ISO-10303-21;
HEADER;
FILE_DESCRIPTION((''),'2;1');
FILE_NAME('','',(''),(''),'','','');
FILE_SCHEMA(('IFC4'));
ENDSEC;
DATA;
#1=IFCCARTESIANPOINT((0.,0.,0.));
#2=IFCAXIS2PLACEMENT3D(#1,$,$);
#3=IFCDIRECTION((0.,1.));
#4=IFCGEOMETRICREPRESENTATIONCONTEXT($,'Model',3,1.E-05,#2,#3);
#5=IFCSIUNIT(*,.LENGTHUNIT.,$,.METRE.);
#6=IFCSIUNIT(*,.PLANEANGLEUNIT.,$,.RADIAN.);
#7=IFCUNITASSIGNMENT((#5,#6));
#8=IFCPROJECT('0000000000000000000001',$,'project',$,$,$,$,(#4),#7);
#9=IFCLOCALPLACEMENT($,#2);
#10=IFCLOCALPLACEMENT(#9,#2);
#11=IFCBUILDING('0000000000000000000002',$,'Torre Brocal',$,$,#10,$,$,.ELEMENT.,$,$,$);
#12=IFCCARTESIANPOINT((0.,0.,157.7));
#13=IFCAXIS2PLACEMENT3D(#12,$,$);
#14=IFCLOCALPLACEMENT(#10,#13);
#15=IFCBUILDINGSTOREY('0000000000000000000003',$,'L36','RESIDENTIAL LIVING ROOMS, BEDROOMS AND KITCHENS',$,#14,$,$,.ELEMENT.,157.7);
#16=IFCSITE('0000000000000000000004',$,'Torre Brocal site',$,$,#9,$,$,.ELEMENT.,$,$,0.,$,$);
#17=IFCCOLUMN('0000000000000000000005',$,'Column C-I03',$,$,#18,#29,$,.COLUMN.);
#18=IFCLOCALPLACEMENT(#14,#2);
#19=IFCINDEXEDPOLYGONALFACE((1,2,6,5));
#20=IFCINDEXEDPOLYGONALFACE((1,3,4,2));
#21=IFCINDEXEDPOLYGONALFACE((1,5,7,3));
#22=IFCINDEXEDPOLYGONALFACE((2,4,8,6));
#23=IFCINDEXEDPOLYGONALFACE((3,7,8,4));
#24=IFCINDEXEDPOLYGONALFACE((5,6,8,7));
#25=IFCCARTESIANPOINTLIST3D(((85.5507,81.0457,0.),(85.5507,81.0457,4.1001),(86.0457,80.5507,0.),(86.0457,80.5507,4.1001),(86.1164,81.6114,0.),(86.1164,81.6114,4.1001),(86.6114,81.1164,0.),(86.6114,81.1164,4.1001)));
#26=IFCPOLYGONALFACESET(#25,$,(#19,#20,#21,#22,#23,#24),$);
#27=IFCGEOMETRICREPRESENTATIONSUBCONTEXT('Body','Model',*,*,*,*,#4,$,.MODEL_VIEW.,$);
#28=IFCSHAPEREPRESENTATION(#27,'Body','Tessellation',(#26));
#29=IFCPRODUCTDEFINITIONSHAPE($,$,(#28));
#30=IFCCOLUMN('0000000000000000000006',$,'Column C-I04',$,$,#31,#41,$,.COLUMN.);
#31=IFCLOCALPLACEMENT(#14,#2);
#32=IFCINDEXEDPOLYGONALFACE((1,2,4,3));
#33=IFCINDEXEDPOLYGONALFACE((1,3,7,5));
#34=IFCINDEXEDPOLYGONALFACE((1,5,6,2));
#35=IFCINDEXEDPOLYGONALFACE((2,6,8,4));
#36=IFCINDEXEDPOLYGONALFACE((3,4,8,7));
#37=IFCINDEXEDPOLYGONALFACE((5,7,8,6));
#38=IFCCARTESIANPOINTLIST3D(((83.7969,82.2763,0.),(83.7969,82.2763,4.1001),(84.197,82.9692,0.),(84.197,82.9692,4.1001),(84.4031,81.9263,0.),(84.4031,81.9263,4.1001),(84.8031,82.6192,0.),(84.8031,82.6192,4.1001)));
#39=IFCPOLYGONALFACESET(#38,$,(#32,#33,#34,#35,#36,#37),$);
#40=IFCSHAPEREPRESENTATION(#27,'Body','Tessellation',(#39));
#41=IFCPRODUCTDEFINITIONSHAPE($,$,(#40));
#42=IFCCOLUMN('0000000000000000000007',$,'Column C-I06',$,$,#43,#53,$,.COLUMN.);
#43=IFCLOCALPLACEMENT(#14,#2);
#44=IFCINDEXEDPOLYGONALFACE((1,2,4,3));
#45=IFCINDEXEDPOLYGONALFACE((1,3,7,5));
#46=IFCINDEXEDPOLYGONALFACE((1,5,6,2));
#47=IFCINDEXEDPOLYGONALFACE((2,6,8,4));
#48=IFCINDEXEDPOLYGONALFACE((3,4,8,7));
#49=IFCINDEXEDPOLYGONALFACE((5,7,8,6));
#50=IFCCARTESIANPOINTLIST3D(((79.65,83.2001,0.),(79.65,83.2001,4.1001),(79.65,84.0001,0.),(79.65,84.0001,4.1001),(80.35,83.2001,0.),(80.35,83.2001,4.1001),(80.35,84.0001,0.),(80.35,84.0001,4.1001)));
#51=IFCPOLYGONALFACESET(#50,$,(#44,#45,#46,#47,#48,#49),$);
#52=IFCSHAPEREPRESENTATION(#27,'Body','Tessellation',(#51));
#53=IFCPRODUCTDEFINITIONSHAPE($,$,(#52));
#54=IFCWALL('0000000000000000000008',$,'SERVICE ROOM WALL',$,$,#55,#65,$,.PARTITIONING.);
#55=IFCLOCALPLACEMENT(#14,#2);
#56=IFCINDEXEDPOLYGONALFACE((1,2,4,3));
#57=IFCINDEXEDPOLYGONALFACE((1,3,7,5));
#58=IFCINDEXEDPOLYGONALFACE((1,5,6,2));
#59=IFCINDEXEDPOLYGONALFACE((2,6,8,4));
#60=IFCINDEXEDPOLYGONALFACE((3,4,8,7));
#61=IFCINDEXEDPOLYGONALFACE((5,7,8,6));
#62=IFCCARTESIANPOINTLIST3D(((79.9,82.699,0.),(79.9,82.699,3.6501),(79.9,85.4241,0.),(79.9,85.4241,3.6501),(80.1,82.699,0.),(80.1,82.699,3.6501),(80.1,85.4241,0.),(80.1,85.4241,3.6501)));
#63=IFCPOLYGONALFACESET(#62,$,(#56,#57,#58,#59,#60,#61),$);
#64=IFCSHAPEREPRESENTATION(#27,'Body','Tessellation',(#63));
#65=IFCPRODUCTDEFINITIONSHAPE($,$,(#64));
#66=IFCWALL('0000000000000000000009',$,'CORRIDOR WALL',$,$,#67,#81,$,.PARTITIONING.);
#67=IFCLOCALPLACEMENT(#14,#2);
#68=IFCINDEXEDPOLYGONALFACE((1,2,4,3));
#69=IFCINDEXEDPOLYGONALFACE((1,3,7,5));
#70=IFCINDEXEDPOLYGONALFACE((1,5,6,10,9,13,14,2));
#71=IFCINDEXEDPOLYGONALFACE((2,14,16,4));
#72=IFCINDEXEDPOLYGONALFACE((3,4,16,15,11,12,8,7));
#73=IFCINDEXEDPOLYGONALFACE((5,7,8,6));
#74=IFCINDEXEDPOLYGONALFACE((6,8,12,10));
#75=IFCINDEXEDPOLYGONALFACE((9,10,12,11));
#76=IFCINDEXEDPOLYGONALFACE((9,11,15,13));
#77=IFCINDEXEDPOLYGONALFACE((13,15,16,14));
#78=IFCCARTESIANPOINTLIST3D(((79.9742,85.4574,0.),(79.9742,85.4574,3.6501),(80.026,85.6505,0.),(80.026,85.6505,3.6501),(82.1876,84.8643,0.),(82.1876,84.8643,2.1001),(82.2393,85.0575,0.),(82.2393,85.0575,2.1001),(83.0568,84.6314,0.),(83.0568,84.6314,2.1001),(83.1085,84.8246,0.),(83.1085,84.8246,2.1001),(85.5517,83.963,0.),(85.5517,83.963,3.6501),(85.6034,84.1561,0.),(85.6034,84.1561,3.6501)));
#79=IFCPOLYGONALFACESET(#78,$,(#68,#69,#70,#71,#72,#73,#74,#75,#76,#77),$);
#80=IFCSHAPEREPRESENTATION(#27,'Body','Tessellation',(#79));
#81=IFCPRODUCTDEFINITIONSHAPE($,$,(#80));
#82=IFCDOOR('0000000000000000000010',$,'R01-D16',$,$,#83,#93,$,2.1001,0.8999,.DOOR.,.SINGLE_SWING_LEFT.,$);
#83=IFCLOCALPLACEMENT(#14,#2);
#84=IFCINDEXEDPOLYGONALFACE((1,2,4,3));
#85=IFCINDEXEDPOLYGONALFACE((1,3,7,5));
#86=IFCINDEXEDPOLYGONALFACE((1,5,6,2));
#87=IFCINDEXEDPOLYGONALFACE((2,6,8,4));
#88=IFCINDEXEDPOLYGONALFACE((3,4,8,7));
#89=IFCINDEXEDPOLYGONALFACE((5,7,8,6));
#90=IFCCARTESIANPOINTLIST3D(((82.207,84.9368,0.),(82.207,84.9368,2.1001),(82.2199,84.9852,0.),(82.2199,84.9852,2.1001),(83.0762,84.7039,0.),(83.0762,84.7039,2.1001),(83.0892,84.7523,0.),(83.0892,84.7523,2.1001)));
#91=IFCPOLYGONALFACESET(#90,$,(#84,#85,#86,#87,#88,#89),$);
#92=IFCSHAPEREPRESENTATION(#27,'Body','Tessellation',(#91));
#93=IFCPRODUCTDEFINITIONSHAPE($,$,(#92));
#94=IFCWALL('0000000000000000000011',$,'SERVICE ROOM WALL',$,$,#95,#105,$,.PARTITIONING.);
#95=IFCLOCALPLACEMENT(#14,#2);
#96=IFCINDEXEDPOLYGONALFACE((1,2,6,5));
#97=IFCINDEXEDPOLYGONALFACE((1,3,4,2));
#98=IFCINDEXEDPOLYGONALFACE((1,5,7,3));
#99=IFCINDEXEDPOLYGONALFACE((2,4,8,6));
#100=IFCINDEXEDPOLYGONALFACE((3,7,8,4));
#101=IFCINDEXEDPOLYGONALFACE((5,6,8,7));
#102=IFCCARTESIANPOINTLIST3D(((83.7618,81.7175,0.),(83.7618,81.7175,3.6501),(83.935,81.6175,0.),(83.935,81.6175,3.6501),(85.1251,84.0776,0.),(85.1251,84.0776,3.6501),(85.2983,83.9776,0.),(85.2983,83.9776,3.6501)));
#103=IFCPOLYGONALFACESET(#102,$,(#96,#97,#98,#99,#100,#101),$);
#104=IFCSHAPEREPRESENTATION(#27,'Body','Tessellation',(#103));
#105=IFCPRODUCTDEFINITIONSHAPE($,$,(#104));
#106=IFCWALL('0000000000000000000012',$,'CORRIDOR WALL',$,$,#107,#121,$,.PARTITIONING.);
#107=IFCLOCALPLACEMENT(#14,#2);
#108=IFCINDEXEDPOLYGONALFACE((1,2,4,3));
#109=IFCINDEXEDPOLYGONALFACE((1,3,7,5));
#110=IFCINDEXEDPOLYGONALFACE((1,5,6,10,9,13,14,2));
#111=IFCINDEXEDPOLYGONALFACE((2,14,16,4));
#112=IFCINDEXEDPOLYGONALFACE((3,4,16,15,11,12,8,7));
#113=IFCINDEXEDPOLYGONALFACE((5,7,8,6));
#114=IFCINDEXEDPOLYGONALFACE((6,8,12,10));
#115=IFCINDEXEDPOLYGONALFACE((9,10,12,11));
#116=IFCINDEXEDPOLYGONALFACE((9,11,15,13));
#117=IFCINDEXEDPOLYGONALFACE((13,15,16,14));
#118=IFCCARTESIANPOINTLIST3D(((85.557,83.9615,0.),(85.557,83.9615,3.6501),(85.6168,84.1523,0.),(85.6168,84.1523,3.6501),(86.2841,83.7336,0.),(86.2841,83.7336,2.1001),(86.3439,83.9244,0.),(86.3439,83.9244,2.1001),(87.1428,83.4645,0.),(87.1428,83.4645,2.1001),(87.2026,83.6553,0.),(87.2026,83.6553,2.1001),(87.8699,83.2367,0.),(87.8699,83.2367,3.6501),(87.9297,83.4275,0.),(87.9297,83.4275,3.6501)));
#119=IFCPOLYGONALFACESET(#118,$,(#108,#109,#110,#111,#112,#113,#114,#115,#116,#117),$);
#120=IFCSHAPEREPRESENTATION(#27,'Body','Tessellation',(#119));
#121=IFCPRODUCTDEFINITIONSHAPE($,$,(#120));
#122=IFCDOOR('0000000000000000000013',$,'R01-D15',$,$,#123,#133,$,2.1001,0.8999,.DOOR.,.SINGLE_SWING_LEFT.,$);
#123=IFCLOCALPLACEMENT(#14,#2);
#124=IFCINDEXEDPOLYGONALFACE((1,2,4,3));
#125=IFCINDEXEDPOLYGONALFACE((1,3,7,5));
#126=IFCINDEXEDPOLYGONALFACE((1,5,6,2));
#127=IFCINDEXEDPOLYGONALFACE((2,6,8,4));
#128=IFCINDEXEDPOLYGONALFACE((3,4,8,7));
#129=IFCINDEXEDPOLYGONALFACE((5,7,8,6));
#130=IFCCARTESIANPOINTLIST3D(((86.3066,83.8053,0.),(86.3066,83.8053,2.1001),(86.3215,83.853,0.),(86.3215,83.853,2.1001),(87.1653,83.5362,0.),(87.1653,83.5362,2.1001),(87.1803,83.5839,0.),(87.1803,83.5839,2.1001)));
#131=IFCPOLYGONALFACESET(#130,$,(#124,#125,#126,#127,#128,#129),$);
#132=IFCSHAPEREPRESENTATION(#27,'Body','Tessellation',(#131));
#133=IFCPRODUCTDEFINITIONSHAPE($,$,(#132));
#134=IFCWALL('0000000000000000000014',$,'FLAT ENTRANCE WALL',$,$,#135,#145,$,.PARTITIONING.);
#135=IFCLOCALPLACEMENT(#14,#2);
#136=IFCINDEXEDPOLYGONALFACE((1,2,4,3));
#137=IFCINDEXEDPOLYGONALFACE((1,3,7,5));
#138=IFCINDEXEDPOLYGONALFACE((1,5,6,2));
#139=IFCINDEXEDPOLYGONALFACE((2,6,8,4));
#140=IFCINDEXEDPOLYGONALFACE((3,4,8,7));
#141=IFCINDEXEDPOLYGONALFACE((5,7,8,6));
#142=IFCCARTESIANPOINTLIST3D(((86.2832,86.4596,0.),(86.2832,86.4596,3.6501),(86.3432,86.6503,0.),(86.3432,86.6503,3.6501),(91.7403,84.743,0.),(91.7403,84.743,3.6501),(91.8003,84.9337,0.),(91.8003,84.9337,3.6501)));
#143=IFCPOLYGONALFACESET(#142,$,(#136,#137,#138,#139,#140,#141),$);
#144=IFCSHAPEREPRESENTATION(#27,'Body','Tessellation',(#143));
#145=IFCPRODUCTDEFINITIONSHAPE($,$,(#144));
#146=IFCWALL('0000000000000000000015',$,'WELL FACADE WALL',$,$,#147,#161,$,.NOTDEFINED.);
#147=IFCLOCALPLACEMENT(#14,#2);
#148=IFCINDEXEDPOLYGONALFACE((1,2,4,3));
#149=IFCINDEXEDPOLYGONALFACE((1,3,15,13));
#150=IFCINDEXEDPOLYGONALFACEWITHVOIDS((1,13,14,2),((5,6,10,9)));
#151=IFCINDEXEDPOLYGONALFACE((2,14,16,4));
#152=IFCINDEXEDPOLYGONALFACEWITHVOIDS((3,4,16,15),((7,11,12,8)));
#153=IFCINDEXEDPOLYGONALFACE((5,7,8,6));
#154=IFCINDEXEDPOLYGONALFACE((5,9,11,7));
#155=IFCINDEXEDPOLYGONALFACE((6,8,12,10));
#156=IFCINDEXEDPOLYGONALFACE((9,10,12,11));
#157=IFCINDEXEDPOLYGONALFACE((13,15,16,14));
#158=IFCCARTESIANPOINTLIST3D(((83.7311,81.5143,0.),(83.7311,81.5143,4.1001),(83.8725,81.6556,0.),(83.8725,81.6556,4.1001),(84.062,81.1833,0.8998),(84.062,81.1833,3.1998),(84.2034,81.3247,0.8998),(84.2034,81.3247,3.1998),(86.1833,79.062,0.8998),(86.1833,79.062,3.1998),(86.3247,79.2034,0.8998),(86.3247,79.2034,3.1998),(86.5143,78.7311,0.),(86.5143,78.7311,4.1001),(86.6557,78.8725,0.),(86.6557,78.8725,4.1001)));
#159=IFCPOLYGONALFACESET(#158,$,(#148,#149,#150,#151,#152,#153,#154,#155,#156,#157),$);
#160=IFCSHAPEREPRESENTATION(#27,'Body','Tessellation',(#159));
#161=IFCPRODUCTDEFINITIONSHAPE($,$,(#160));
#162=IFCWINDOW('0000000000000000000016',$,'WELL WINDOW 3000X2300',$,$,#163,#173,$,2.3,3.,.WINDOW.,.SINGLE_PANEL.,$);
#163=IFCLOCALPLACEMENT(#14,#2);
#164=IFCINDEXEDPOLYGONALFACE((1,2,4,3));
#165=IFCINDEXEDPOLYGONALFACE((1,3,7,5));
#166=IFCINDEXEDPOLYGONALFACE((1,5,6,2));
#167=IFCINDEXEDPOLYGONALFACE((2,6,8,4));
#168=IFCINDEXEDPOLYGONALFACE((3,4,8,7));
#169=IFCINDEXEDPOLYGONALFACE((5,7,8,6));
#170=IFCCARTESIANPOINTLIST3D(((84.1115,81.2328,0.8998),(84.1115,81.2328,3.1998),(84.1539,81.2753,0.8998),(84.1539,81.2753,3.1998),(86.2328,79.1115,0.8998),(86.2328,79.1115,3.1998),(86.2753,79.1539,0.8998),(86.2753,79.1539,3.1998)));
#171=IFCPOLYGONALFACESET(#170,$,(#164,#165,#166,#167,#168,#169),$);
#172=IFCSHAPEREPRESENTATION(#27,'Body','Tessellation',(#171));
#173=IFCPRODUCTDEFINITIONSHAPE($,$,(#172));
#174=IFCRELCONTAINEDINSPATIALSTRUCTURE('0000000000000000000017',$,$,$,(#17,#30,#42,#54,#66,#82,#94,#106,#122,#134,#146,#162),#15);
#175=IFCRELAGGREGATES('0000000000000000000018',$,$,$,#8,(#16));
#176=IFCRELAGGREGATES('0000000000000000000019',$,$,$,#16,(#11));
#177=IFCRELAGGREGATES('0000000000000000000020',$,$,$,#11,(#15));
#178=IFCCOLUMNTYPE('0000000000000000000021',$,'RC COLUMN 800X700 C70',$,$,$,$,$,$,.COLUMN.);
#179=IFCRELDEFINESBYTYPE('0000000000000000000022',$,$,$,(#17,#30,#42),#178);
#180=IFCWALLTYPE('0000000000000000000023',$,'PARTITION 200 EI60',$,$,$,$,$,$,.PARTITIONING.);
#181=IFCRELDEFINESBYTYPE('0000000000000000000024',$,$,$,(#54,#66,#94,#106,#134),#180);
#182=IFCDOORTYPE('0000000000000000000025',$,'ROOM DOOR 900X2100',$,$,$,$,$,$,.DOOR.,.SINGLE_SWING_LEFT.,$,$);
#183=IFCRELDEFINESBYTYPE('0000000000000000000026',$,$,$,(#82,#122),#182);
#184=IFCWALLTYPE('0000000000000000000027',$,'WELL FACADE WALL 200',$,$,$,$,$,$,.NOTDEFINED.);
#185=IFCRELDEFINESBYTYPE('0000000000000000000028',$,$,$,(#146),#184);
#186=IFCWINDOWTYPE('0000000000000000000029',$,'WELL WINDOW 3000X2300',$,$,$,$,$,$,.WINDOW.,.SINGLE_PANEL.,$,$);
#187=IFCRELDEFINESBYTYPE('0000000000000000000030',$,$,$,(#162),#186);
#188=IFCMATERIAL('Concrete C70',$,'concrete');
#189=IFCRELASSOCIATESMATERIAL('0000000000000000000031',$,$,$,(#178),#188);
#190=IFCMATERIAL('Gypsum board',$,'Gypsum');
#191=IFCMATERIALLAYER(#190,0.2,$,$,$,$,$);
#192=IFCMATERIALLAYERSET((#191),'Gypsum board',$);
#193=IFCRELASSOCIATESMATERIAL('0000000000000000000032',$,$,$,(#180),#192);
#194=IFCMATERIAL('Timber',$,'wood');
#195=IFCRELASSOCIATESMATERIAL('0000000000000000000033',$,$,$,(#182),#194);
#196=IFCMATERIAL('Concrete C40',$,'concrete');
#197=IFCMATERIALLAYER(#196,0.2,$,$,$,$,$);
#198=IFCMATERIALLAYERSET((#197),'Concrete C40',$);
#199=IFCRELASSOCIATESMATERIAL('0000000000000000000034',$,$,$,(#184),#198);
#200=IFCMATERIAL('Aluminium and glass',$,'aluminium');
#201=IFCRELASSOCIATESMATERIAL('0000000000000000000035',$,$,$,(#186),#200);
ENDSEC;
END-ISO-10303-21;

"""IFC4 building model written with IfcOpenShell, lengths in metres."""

from ifc_helpers import new_model, si_unit, direction, frame, frame_2d, origin, origin_2d, place, context, subcontext, project, spatial, rectangle, extrude, material, layer, layer_set, material_profile, profile_set, type_object, element, fill, save


model = new_model("IFC4")

# Units and contexts
model_context = context("Model", 3, precision=1e-05, world=origin(), true_north=direction((0.0, 1.0)))
body_context = subcontext(model_context, "Body", "Model", "MODEL_VIEW")
ifc_project = project(units=[si_unit("LENGTHUNIT", "METRE"), si_unit("PLANEANGLEUNIT", "RADIAN")], contexts=[model_context])

# Site, building, storey
site_placement = place(None, origin())
site = spatial("IfcSite", under=ifc_project, at=site_placement, Name="Torre Brocal site", CompositionType="ELEMENT", RefElevation=0.0)
building_placement = place(site_placement, origin())
building = spatial("IfcBuilding", under=site, at=building_placement, Name="Torre Brocal", CompositionType="ELEMENT")
storey_placement = place(building_placement, frame((0.0, 0.0, 157.7)))
storey = spatial("IfcBuildingStorey", under=building, at=storey_placement, Name="L36", Description="RESIDENTIAL LIVING ROOMS, BEDROOMS AND KITCHENS", CompositionType="ELEMENT", Elevation=157.7)

# Columns
ifc_material_1 = material(Name="Concrete C70", Category="concrete")
ifc_material_profile = material_profile(ifc_material_1, rectangle(XDim=0.8, YDim=0.7, at=origin_2d()), Name="RC 800X700")
ifc_profile_set = profile_set([ifc_material_profile], Name="Concrete C70")
column_type = type_object("IfcColumnType", Name="RC COLUMN 800X700 C70", PredefinedType="COLUMN", material=ifc_profile_set)
for number, where, z_axis, x_axis, name in (
    (1, (86.0811, 81.0811, 0.0), (0.0, 0.0, 1.0), (0.707107, 0.707107, 0.0), "Column C-I03"),
    (2, (84.3, 82.4478, 0.0), (0.0, 0.0, 1.0), (0.5, 0.866025, 0.0), "Column C-I04"),
    (3, (80.0, 83.6001, 0.0), (0.0, 0.0, 1.0), (0.0, 1.0, 0.0), "Column C-I06"),
):
    element("IfcColumn", number, at=place(storey_placement, frame(where, z_axis=z_axis, x_axis=x_axis)), inside=storey, type_object=column_type, Name=name, PredefinedType="COLUMN", context=body_context, shape_type="SweptSolid", body=[
        extrude(rectangle(XDim=0.8, YDim=0.7, at=origin_2d()), origin(), (0.0, 0.0, 1.0), 4.1001),
    ])

# Wall
ifc_material_2 = material(Name="Gypsum board", Category="Gypsum")
ifc_layer_1 = layer(ifc_material_2, 0.2)
ifc_layer_set_1 = layer_set([ifc_layer_1], Name="Gypsum board")
wall_type_1 = type_object("IfcWallType", Name="PARTITION 200 EI60", PredefinedType="PARTITIONING", material=ifc_layer_set_1)
wall_1_placement = place(storey_placement, frame((80.0, 82.699, 0.0), z_axis=(0.0, 0.0, 1.0), x_axis=(0.0, 1.0, 0.0)))
element("IfcWall", 4, at=wall_1_placement, inside=storey, type_object=wall_type_1, Name="SERVICE ROOM WALL", PredefinedType="PARTITIONING", context=body_context, shape_type="SweptSolid", body=[
    extrude(rectangle(XDim=2.7251, YDim=0.2, at=frame_2d((1.3625, 0.0))), origin(), (0.0, 0.0, 1.0), 3.6501),
])

# Wall, opening, door
wall_2_placement = place(storey_placement, frame((80.0, 85.554, 0.0), z_axis=(0.0, 0.0, 1.0), x_axis=(0.965929, -0.258807, 0.0)))
wall_2 = element("IfcWall", 5, at=wall_2_placement, inside=storey, type_object=wall_type_1, Name="CORRIDOR WALL", PredefinedType="PARTITIONING", context=body_context, shape_type="SweptSolid", body=[
    extrude(rectangle(XDim=5.7742, YDim=0.2, at=frame_2d((2.8872, 0.0))), origin(), (0.0, 0.0, 1.0), 3.6501),
])
opening_1_placement = place(wall_2_placement, frame((2.2915, 0.0, 0.0)))
opening_1 = element("IfcOpeningElement", 6, at=opening_1_placement, cuts=wall_2, PredefinedType="OPENING", context=body_context, shape_type="SweptSolid", body=[
    extrude(rectangle(XDim=0.8999, YDim=2.1001, at=frame_2d((0.45, 1.05))), frame((0.0, 0.1099, 0.0), z_axis=(0.0, -1.0, 0.0), x_axis=(1.0, 0.0, 0.0)), (0.0, 0.0, 1.0), 0.22),
])
ifc_material_3 = material(Name="Timber", Category="wood")
door_type = type_object("IfcDoorType", Name="ROOM DOOR 900X2100", OperationType="SINGLE_SWING_LEFT", PredefinedType="DOOR", material=ifc_material_3)
door_1_placement = place(opening_1_placement, frame((0.8999, 0.0, 0.0), z_axis=(0.0, 0.0, 1.0), x_axis=(-1.0, 0.0, 0.0)))
door_1 = element("IfcDoor", 7, at=door_1_placement, inside=storey, type_object=door_type, Name="R01-D16", OperationType="SINGLE_SWING_LEFT", OverallHeight=2.1001, OverallWidth=0.8999, PredefinedType="DOOR", context=body_context, shape_type="SweptSolid", body=[
    extrude(rectangle(XDim=0.8999, YDim=2.1001, at=frame_2d((0.45, 1.05))), frame((0.0, 0.0249, 0.0), z_axis=(0.0, -1.0, 0.0), x_axis=(1.0, 0.0, 0.0)), (0.0, 0.0, 1.0), 0.05),
])
fill(opening_1, door_1)

# Wall
wall_3_placement = place(storey_placement, frame((83.8484, 81.6675, 0.0), z_axis=(0.0, 0.0, 1.0), x_axis=(0.500185, 0.865919, 0.0)))
element("IfcWall", 8, at=wall_3_placement, inside=storey, type_object=wall_type_1, Name="SERVICE ROOM WALL", PredefinedType="PARTITIONING", context=body_context, shape_type="SweptSolid", body=[
    extrude(rectangle(XDim=2.7256, YDim=0.2, at=frame_2d((1.3628, 0.0))), origin(), (0.0, 0.0, 1.0), 3.6501),
])

# Wall, opening, door
wall_4_placement = place(storey_placement, frame((85.5869, 84.0569, 0.0), z_axis=(0.0, 0.0, 1.0), x_axis=(0.95424, -0.299043, 0.0)))
wall_4 = element("IfcWall", 9, at=wall_4_placement, inside=storey, type_object=wall_type_1, Name="CORRIDOR WALL", PredefinedType="PARTITIONING", context=body_context, shape_type="SweptSolid", body=[
    extrude(rectangle(XDim=2.4238, YDim=0.2, at=frame_2d((1.2119, 0.0))), origin(), (0.0, 0.0, 1.0), 3.6501),
])
opening_2_placement = place(wall_4_placement, frame((0.762, 0.0, 0.0)))
opening_2 = element("IfcOpeningElement", 10, at=opening_2_placement, cuts=wall_4, PredefinedType="OPENING", context=body_context, shape_type="SweptSolid", body=[
    extrude(rectangle(XDim=0.8999, YDim=2.1001, at=frame_2d((0.45, 1.05))), frame((0.0, 0.1099, 0.0), z_axis=(0.0, -1.0, 0.0), x_axis=(1.0, 0.0, 0.0)), (0.0, 0.0, 1.0), 0.22),
])
door_2_placement = place(opening_2_placement, frame((0.8999, 0.0, 0.0), z_axis=(0.0, 0.0, 1.0), x_axis=(-1.0, 0.0, 0.0)))
door_2 = element("IfcDoor", 11, at=door_2_placement, inside=storey, type_object=door_type, Name="R01-D15", OperationType="SINGLE_SWING_LEFT", OverallHeight=2.1001, OverallWidth=0.8999, PredefinedType="DOOR", context=body_context, shape_type="SweptSolid", body=[
    extrude(rectangle(XDim=0.8999, YDim=2.1001, at=frame_2d((0.45, 1.05))), frame((0.0, 0.0249, 0.0), z_axis=(0.0, -1.0, 0.0), x_axis=(1.0, 0.0, 0.0)), (0.0, 0.0, 1.0), 0.05),
])
fill(opening_2, door_2)

# Wall
wall_5_placement = place(storey_placement, frame((86.3132, 86.5549, 0.0), z_axis=(0.0, 0.0, 1.0), x_axis=(0.953919, -0.300063, 0.0)))
element("IfcWall", 12, at=wall_5_placement, inside=storey, type_object=wall_type_1, Name="FLAT ENTRANCE WALL", PredefinedType="PARTITIONING", context=body_context, shape_type="SweptSolid", body=[
    extrude(rectangle(XDim=5.7207, YDim=0.2, at=frame_2d((2.8604, 0.0))), origin(), (0.0, 0.0, 1.0), 3.6501),
])

# Wall, opening, window
ifc_material_4 = material(Name="Concrete C40", Category="concrete")
ifc_layer_2 = layer(ifc_material_4, 0.2)
ifc_layer_set_2 = layer_set([ifc_layer_2], Name="Concrete C40")
wall_type_2 = type_object("IfcWallType", Name="WELL FACADE WALL 200", PredefinedType="NOTDEFINED", material=ifc_layer_set_2)
wall_6_placement = place(storey_placement, frame((86.585, 78.8018, 0.0), z_axis=(0.0, 0.0, 1.0), x_axis=(-0.707107, 0.707107, 0.0)))
wall_6 = element("IfcWall", 13, at=wall_6_placement, inside=storey, type_object=wall_type_2, Name="WELL FACADE WALL", PredefinedType="NOTDEFINED", context=body_context, shape_type="SweptSolid", body=[
    extrude(rectangle(XDim=3.936, YDim=0.2, at=frame_2d((1.968, 0.0))), origin(), (0.0, 0.0, 1.0), 4.1001),
])
opening_3_placement = place(wall_6_placement, frame((0.468, 0.0, 0.8999)))
opening_3 = element("IfcOpeningElement", 14, at=opening_3_placement, cuts=wall_6, PredefinedType="OPENING", context=body_context, shape_type="SweptSolid", body=[
    extrude(rectangle(XDim=3.0, YDim=2.3, at=frame_2d((1.5, 1.1499))), frame((0.0, 0.1099, 0.0), z_axis=(0.0, -1.0, 0.0), x_axis=(1.0, 0.0, 0.0)), (0.0, 0.0, 1.0), 0.22),
])
ifc_material_5 = material(Name="Aluminium and glass", Category="aluminium")
window_type = type_object("IfcWindowType", Name="WELL WINDOW 3000X2300", PartitioningType="SINGLE_PANEL", PredefinedType="WINDOW", material=ifc_material_5)
window_1_placement = place(opening_3_placement, origin())
window_1 = element("IfcWindow", 15, at=window_1_placement, inside=storey, type_object=window_type, Name="WELL WINDOW 3000X2300", OverallHeight=2.3, OverallWidth=3.0, PartitioningType="SINGLE_PANEL", PredefinedType="WINDOW", context=body_context, shape_type="SweptSolid", body=[
    extrude(rectangle(XDim=3.0, YDim=2.3, at=frame_2d((1.5, 1.1499))), frame((0.0, 0.03, 0.0), z_axis=(0.0, -1.0, 0.0), x_axis=(1.0, 0.0, 0.0)), (0.0, 0.0, 1.0), 0.0601),
])
fill(opening_3, window_1)

save(model, "model.ifc")
